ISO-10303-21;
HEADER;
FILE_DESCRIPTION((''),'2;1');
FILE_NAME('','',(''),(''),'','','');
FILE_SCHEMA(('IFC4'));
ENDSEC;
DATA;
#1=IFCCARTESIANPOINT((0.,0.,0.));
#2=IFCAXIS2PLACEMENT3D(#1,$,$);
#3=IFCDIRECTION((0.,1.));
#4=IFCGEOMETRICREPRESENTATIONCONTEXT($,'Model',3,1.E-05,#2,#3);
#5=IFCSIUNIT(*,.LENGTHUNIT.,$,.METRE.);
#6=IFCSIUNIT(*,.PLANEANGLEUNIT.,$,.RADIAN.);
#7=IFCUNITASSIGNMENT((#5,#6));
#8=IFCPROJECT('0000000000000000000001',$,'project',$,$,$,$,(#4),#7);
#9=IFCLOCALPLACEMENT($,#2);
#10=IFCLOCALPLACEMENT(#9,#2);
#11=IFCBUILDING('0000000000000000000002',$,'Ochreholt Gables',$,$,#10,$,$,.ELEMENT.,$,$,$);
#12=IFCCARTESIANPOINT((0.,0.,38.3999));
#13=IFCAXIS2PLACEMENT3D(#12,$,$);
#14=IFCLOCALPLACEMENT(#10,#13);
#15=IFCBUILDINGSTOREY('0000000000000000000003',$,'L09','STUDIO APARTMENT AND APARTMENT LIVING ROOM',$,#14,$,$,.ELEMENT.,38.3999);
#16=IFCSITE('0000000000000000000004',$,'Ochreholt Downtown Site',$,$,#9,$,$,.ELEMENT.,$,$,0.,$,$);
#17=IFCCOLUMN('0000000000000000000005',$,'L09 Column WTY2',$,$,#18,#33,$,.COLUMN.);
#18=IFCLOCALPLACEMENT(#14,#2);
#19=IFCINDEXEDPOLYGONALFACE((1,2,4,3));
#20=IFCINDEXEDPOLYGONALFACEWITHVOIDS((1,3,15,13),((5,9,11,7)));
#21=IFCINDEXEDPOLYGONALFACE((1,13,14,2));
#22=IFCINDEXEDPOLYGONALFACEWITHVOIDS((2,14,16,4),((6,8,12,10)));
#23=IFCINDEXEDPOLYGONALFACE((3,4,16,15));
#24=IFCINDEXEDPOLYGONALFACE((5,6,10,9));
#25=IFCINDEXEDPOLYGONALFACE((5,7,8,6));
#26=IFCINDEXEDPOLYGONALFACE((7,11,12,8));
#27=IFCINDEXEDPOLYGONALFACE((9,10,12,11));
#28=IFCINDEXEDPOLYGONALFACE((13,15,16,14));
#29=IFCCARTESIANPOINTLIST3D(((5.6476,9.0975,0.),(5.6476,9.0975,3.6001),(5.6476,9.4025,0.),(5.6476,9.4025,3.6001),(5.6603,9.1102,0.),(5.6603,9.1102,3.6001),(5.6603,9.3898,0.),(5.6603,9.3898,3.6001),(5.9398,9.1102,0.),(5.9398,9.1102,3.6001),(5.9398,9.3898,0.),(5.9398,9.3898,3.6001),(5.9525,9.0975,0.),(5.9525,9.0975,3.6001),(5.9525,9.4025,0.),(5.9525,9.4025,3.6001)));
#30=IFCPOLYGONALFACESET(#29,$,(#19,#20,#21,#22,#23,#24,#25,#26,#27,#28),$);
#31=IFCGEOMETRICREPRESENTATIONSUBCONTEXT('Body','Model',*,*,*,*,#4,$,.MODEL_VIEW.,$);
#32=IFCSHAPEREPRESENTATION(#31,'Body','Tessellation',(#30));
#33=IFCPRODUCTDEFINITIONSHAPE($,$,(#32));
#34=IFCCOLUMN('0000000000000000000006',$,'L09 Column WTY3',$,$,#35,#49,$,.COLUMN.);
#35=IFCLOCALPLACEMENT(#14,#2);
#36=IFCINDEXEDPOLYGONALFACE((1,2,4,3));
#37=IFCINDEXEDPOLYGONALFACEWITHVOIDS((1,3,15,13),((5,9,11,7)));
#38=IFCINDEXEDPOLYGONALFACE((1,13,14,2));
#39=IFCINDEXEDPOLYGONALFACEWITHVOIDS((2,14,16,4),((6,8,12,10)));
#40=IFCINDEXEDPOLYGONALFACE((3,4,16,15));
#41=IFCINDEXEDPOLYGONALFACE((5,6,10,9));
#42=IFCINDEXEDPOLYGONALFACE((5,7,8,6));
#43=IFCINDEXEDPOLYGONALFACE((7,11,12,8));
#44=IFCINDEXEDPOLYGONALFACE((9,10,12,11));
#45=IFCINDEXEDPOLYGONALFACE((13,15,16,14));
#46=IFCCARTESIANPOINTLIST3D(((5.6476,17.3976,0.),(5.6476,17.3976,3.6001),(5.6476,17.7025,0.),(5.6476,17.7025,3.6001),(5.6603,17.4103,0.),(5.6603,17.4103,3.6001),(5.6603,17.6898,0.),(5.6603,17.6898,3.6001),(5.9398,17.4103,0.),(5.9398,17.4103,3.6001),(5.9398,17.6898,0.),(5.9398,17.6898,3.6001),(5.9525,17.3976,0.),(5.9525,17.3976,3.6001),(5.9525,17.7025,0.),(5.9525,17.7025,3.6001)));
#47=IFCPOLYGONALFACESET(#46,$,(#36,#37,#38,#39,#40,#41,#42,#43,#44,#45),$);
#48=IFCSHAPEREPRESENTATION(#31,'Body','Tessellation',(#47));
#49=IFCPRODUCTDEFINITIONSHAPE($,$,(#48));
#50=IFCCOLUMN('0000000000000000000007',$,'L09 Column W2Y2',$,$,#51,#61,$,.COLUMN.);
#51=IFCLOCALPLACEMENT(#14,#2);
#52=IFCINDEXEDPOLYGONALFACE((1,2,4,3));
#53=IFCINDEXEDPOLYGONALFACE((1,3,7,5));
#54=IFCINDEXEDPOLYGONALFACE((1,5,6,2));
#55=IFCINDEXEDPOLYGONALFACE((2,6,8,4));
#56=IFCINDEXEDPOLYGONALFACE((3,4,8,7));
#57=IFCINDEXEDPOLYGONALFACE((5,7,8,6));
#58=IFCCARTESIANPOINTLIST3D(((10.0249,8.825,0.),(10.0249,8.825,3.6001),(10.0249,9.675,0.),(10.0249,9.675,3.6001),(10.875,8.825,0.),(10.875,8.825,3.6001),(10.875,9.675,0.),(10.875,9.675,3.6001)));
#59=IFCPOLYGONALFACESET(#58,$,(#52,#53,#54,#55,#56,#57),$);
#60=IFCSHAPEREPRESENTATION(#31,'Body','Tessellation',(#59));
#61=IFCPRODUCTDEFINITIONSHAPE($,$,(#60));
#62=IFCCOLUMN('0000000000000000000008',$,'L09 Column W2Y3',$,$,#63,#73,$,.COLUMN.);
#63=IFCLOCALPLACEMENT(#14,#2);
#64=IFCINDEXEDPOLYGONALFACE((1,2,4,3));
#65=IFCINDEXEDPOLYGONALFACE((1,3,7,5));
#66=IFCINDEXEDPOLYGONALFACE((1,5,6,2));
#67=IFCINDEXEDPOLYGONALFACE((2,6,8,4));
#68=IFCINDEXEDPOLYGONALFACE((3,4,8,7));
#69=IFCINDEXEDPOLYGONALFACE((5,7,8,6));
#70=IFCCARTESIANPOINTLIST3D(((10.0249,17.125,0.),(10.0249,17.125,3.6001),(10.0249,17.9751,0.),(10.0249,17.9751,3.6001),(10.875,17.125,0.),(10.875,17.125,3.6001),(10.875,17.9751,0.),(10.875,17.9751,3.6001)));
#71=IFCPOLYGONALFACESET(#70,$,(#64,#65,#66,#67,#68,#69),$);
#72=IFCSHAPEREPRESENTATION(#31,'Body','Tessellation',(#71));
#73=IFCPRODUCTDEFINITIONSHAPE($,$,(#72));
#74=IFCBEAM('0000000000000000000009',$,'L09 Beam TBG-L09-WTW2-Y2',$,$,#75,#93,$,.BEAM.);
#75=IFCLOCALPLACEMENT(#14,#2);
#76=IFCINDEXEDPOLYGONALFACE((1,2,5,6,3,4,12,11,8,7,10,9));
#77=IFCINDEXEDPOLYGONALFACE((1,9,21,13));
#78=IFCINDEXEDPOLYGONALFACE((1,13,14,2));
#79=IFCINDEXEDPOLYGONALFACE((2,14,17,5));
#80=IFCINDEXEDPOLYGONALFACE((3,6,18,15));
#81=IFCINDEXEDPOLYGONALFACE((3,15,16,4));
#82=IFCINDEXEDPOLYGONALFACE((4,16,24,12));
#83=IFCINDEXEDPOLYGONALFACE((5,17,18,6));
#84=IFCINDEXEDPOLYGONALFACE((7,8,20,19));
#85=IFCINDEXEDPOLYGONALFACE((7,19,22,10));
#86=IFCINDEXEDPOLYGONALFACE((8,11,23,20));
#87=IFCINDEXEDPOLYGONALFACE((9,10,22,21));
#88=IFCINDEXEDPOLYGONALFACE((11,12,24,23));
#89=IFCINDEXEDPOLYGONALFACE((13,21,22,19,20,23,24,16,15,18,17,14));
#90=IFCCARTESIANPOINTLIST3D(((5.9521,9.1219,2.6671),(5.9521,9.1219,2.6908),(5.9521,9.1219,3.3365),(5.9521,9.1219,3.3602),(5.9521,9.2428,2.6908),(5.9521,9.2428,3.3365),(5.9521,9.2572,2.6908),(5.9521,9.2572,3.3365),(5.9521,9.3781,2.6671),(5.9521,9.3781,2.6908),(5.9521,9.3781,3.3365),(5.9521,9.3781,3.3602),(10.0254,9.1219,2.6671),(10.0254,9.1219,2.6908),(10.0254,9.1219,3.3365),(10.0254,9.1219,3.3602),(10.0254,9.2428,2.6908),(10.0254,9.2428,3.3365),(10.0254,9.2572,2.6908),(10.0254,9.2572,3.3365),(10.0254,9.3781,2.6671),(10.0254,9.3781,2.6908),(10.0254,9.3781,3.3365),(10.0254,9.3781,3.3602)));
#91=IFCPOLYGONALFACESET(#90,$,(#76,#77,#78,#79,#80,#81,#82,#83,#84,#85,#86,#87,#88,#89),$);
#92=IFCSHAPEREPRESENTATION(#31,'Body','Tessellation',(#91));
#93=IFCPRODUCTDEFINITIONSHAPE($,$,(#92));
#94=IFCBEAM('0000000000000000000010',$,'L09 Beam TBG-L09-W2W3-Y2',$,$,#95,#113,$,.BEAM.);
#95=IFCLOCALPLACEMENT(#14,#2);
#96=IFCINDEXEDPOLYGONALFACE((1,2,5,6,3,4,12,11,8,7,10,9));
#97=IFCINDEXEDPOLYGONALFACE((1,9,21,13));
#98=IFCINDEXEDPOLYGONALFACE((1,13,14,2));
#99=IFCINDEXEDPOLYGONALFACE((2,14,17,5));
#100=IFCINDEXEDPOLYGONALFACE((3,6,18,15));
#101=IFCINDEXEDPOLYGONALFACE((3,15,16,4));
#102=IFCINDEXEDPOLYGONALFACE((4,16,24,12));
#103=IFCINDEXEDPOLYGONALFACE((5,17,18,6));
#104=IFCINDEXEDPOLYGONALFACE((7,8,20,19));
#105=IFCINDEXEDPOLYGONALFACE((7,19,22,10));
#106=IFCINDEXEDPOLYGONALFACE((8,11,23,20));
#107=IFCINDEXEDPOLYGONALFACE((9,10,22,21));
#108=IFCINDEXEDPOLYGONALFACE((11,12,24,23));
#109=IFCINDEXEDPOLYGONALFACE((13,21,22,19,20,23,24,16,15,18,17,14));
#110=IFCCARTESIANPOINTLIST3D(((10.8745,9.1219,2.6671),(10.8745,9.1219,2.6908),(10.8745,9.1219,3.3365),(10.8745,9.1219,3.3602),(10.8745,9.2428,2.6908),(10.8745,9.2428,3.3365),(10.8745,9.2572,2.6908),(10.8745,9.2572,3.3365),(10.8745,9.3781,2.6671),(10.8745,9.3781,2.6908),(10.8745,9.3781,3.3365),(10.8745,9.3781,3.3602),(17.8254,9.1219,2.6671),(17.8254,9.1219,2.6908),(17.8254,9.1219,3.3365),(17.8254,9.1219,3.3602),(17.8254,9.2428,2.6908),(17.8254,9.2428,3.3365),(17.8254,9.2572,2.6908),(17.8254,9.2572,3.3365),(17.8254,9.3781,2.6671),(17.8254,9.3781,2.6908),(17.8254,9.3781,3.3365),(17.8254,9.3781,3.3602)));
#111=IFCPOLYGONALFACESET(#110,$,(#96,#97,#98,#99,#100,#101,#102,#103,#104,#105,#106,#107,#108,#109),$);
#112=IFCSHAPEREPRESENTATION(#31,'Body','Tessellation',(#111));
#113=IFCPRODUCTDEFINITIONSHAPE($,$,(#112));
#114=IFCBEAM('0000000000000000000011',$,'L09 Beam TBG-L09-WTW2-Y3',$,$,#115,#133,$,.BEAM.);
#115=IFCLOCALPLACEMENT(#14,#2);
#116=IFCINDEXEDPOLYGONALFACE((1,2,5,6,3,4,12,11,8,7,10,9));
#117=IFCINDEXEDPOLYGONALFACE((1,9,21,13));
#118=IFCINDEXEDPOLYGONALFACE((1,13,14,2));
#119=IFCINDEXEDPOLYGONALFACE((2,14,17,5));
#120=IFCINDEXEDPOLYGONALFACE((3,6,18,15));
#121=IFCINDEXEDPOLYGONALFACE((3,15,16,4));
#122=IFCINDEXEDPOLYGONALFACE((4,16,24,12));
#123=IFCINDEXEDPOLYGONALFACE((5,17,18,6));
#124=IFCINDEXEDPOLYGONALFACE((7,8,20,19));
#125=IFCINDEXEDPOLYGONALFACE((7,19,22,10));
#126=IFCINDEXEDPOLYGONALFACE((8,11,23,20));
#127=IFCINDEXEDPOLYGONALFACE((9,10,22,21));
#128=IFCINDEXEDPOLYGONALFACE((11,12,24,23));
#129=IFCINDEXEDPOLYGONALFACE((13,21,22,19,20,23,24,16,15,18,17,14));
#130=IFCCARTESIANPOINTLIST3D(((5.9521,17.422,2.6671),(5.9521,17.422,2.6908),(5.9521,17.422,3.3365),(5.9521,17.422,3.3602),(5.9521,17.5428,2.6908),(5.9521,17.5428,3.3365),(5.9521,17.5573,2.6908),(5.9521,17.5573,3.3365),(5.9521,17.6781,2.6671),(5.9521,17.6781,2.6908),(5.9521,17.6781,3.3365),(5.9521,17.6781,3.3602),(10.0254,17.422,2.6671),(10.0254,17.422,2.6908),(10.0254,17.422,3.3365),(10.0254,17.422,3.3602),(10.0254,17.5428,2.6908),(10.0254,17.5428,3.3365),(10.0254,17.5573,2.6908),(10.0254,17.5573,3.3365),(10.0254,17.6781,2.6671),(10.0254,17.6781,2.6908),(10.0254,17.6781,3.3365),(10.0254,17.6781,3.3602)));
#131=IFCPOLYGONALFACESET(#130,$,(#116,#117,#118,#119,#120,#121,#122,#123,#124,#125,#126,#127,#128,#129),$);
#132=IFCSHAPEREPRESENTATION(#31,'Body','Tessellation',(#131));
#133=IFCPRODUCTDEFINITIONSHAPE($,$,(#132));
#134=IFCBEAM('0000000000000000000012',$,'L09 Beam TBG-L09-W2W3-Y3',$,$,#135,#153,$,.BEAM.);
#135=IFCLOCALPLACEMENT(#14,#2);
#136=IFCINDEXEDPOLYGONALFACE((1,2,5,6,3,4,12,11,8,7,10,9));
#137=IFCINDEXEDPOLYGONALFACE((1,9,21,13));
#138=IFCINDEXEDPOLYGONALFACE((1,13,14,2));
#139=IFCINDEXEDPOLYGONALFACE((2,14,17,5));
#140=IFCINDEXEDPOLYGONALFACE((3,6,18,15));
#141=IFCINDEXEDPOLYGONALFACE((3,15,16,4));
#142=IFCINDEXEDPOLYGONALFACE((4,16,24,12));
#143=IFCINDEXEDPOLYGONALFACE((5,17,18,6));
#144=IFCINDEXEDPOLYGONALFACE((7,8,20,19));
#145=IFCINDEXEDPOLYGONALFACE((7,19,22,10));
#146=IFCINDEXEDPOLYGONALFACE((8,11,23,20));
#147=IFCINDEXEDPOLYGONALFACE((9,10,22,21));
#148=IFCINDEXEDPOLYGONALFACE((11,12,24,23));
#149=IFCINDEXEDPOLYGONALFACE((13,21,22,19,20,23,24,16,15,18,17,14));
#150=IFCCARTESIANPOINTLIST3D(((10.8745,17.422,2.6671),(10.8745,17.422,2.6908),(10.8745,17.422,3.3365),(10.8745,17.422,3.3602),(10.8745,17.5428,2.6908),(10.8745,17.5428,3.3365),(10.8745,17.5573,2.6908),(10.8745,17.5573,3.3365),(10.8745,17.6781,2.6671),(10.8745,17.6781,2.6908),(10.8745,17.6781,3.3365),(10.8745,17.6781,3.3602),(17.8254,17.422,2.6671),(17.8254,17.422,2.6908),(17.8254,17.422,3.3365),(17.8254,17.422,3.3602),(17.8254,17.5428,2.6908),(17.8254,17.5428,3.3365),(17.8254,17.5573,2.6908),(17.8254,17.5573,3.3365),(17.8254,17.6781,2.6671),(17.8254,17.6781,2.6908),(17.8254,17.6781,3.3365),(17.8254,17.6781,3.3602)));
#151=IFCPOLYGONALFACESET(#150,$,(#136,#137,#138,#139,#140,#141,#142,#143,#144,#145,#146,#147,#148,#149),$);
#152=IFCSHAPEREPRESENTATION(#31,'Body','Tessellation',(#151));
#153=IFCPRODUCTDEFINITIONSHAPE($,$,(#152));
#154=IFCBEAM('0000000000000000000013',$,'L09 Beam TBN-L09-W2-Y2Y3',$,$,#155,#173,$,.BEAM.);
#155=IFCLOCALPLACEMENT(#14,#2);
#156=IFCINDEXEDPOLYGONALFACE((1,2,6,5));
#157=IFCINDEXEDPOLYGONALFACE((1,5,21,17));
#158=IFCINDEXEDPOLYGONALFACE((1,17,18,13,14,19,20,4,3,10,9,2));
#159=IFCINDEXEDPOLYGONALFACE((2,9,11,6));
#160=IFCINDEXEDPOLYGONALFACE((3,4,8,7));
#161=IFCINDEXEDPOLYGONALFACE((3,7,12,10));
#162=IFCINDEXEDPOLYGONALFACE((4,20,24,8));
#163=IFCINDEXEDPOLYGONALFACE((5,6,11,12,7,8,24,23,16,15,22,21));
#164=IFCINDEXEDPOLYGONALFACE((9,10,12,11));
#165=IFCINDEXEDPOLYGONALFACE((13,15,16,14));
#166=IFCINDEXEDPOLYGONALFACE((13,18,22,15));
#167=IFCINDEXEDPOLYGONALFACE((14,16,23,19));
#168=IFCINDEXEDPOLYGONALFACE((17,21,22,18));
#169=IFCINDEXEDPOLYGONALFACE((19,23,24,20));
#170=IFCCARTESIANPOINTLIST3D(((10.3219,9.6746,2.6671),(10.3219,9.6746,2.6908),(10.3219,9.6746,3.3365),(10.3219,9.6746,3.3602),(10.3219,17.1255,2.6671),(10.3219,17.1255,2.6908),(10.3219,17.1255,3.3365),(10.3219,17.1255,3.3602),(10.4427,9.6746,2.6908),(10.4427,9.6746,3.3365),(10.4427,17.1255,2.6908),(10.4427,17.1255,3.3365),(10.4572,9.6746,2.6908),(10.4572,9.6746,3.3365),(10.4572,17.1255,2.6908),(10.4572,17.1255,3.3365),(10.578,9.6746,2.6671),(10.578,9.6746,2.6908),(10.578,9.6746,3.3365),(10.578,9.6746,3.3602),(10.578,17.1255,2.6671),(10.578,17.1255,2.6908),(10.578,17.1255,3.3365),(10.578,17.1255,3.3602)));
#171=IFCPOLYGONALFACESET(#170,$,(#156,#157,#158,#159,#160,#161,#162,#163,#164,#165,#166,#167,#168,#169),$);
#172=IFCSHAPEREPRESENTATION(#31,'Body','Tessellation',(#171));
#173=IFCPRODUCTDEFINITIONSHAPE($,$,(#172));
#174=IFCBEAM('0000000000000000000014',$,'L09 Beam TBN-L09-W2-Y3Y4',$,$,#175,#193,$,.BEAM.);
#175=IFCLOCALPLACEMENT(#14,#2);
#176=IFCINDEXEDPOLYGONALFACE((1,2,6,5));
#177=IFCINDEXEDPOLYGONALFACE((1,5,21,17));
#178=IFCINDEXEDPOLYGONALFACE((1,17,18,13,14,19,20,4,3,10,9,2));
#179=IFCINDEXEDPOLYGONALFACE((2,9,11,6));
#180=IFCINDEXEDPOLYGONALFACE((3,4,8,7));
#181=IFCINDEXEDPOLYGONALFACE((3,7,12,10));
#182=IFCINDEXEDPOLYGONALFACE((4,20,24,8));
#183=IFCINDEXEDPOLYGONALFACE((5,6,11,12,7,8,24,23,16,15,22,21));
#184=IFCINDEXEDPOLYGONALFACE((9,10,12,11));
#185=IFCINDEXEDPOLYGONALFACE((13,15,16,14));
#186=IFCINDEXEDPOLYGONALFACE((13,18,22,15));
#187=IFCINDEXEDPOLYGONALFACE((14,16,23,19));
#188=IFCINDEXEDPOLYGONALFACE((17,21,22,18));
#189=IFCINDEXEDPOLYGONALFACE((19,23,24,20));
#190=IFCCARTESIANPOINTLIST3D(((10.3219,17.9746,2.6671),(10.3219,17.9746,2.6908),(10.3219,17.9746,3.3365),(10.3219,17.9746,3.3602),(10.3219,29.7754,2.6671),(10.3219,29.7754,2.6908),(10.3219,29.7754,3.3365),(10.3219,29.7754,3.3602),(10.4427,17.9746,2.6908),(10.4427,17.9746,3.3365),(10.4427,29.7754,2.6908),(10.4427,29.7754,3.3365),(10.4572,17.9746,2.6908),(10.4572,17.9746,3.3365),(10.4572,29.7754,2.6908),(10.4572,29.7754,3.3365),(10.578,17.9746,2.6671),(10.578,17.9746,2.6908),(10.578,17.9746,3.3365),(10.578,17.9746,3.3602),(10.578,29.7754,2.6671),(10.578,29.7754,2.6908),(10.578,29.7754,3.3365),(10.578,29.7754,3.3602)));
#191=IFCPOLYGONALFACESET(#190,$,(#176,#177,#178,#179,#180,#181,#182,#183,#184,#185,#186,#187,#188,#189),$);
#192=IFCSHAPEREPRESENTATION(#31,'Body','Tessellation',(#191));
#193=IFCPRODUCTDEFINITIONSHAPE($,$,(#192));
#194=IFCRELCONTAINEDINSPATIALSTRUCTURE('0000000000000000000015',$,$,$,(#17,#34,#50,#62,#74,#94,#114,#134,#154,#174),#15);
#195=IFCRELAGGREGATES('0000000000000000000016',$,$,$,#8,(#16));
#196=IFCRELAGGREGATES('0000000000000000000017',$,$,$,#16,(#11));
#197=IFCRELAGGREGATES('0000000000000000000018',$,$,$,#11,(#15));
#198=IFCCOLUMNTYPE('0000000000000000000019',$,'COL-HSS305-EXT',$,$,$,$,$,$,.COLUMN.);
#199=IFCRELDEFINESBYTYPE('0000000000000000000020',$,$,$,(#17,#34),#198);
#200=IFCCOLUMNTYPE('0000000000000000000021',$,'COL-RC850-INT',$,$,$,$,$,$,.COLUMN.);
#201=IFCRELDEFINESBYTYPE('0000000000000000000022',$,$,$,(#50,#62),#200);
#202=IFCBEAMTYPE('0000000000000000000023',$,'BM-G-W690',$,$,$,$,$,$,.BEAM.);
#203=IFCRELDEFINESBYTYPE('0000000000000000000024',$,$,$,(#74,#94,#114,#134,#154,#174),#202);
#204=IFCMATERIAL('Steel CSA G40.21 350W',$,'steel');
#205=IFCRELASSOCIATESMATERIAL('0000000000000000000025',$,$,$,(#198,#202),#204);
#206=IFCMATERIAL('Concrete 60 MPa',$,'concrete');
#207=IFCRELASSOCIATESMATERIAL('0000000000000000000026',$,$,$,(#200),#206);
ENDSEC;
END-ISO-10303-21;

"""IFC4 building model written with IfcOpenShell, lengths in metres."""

from ifc_helpers import new_model, si_unit, direction, frame, origin, origin_2d, place, context, subcontext, project, spatial, rectangle, hollow_rectangle, i_section, extrude, material, material_profile, profile_set, type_object, element, save


model = new_model("IFC4")

# Units and contexts
model_context = context("Model", 3, precision=1e-05, world=origin(), true_north=direction((0.0, 1.0)))
body_context = subcontext(model_context, "Body", "Model", "MODEL_VIEW")
ifc_project = project(units=[si_unit("LENGTHUNIT", "METRE"), si_unit("PLANEANGLEUNIT", "RADIAN")], contexts=[model_context])

# Site, building, storey
site_placement = place(None, origin())
site = spatial("IfcSite", under=ifc_project, at=site_placement, Name="Ochreholt Downtown Site", CompositionType="ELEMENT", RefElevation=0.0)
building_placement = place(site_placement, origin())
building = spatial("IfcBuilding", under=site, at=building_placement, Name="Ochreholt Gables", CompositionType="ELEMENT")
storey_placement = place(building_placement, frame((0.0, 0.0, 38.3999)))
storey = spatial("IfcBuildingStorey", under=building, at=storey_placement, Name="L09", Description="STUDIO APARTMENT AND APARTMENT LIVING ROOM", CompositionType="ELEMENT", Elevation=38.3999)

# Columns
ifc_material_1 = material(Name="Steel CSA G40.21 350W", Category="steel")
ifc_material_profile_1 = material_profile(ifc_material_1, hollow_rectangle(XDim=0.3049, YDim=0.3049, WallThickness=0.0127, at=origin_2d()), Name="HSS305X305X13")
ifc_profile_set_1 = profile_set([ifc_material_profile_1], Name="Steel CSA G40.21 350W")
column_type_1 = type_object("IfcColumnType", Name="COL-HSS305-EXT", PredefinedType="COLUMN", material=ifc_profile_set_1)
for number, where, z_axis, x_axis, name in (
    (1, (5.8, 9.25, 0.0), (0.0, 0.0, 1.0), (1.0, 0.0, 0.0), "L09 Column WTY2"),
    (2, (5.8, 17.55, 0.0), (0.0, 0.0, 1.0), (1.0, 0.0, 0.0), "L09 Column WTY3"),
):
    element("IfcColumn", number, at=place(storey_placement, frame(where, z_axis=z_axis, x_axis=x_axis)), inside=storey, type_object=column_type_1, Name=name, PredefinedType="COLUMN", context=body_context, shape_type="SweptSolid", body=[
        extrude(hollow_rectangle(XDim=0.3049, YDim=0.3049, WallThickness=0.0127, at=origin_2d()), origin(), (0.0, 0.0, 1.0), 3.6001),
    ])
ifc_material_2 = material(Name="Concrete 60 MPa", Category="concrete")
ifc_material_profile_2 = material_profile(ifc_material_2, rectangle(XDim=0.8501, YDim=0.8501, at=origin_2d()), Name="RC850X850")
ifc_profile_set_2 = profile_set([ifc_material_profile_2], Name="Concrete 60 MPa")
column_type_2 = type_object("IfcColumnType", Name="COL-RC850-INT", PredefinedType="COLUMN", material=ifc_profile_set_2)
for number, where, z_axis, x_axis, name in (
    (3, (10.45, 9.25, 0.0), (0.0, 0.0, 1.0), (1.0, 0.0, 0.0), "L09 Column W2Y2"),
    (4, (10.45, 17.55, 0.0), (0.0, 0.0, 1.0), (1.0, 0.0, 0.0), "L09 Column W2Y3"),
):
    element("IfcColumn", number, at=place(storey_placement, frame(where, z_axis=z_axis, x_axis=x_axis)), inside=storey, type_object=column_type_2, Name=name, PredefinedType="COLUMN", context=body_context, shape_type="SweptSolid", body=[
        extrude(rectangle(XDim=0.8501, YDim=0.8501, at=origin_2d()), origin(), (0.0, 0.0, 1.0), 3.6001),
    ])

# Beams
ifc_material_profile_3 = material_profile(ifc_material_1, i_section(OverallWidth=0.2561, OverallDepth=0.6931, WebThickness=0.0144, FlangeThickness=0.0237, at=origin_2d()), Name="W690X170")
ifc_profile_set_3 = profile_set([ifc_material_profile_3], Name="Steel CSA G40.21 350W")
beam_type_1 = type_object("IfcBeamType", Name="BM-G-W690", PredefinedType="BEAM", material=ifc_profile_set_3)
beam_1_placement = place(storey_placement, frame((5.9521, 9.25, 3.0137), z_axis=(1.0, 0.0, 0.0), x_axis=(0.0, 1.0, 0.0)))
element("IfcBeam", 5, at=beam_1_placement, inside=storey, type_object=beam_type_1, Name="L09 Beam TBG-L09-WTW2-Y2", PredefinedType="BEAM", context=body_context, shape_type="SweptSolid", body=[
    extrude(i_section(OverallWidth=0.2561, OverallDepth=0.6931, WebThickness=0.0144, FlangeThickness=0.0237, at=origin_2d()), origin(), (0.0, 0.0, 1.0), 4.0732),
])
beam_2_placement = place(storey_placement, frame((10.8745, 9.25, 3.0137), z_axis=(1.0, 0.0, 0.0), x_axis=(0.0, 1.0, 0.0)))
element("IfcBeam", 6, at=beam_2_placement, inside=storey, type_object=beam_type_1, Name="L09 Beam TBG-L09-W2W3-Y2", PredefinedType="BEAM", context=body_context, shape_type="SweptSolid", body=[
    extrude(i_section(OverallWidth=0.2561, OverallDepth=0.6931, WebThickness=0.0144, FlangeThickness=0.0237, at=origin_2d()), origin(), (0.0, 0.0, 1.0), 6.9509),
])
beam_3_placement = place(storey_placement, frame((5.9521, 17.55, 3.0137), z_axis=(1.0, 0.0, 0.0), x_axis=(0.0, 1.0, 0.0)))
element("IfcBeam", 7, at=beam_3_placement, inside=storey, type_object=beam_type_1, Name="L09 Beam TBG-L09-WTW2-Y3", PredefinedType="BEAM", context=body_context, shape_type="SweptSolid", body=[
    extrude(i_section(OverallWidth=0.2561, OverallDepth=0.6931, WebThickness=0.0144, FlangeThickness=0.0237, at=origin_2d()), origin(), (0.0, 0.0, 1.0), 4.0732),
])
beam_4_placement = place(storey_placement, frame((10.8745, 17.55, 3.0137), z_axis=(1.0, 0.0, 0.0), x_axis=(0.0, 1.0, 0.0)))
element("IfcBeam", 8, at=beam_4_placement, inside=storey, type_object=beam_type_1, Name="L09 Beam TBG-L09-W2W3-Y3", PredefinedType="BEAM", context=body_context, shape_type="SweptSolid", body=[
    extrude(i_section(OverallWidth=0.2561, OverallDepth=0.6931, WebThickness=0.0144, FlangeThickness=0.0237, at=origin_2d()), origin(), (0.0, 0.0, 1.0), 6.9509),
])
beam_5_placement = place(storey_placement, frame((10.45, 9.6746, 3.0137), z_axis=(0.0, 1.0, 0.0), x_axis=(-1.0, 0.0, 0.0)))
element("IfcBeam", 9, at=beam_5_placement, inside=storey, type_object=beam_type_1, Name="L09 Beam TBN-L09-W2-Y2Y3", PredefinedType="BEAM", context=body_context, shape_type="SweptSolid", body=[
    extrude(i_section(OverallWidth=0.2561, OverallDepth=0.6931, WebThickness=0.0144, FlangeThickness=0.0237, at=origin_2d()), origin(), (0.0, 0.0, 1.0), 7.4509),
])
beam_6_placement = place(storey_placement, frame((10.45, 17.9746, 3.0137), z_axis=(0.0, 1.0, 0.0), x_axis=(-1.0, 0.0, 0.0)))
element("IfcBeam", 10, at=beam_6_placement, inside=storey, type_object=beam_type_1, Name="L09 Beam TBN-L09-W2-Y3Y4", PredefinedType="BEAM", context=body_context, shape_type="SweptSolid", body=[
    extrude(i_section(OverallWidth=0.2561, OverallDepth=0.6931, WebThickness=0.0144, FlangeThickness=0.0237, at=origin_2d()), origin(), (0.0, 0.0, 1.0), 11.8008),
])

save(model, "model.ifc")
